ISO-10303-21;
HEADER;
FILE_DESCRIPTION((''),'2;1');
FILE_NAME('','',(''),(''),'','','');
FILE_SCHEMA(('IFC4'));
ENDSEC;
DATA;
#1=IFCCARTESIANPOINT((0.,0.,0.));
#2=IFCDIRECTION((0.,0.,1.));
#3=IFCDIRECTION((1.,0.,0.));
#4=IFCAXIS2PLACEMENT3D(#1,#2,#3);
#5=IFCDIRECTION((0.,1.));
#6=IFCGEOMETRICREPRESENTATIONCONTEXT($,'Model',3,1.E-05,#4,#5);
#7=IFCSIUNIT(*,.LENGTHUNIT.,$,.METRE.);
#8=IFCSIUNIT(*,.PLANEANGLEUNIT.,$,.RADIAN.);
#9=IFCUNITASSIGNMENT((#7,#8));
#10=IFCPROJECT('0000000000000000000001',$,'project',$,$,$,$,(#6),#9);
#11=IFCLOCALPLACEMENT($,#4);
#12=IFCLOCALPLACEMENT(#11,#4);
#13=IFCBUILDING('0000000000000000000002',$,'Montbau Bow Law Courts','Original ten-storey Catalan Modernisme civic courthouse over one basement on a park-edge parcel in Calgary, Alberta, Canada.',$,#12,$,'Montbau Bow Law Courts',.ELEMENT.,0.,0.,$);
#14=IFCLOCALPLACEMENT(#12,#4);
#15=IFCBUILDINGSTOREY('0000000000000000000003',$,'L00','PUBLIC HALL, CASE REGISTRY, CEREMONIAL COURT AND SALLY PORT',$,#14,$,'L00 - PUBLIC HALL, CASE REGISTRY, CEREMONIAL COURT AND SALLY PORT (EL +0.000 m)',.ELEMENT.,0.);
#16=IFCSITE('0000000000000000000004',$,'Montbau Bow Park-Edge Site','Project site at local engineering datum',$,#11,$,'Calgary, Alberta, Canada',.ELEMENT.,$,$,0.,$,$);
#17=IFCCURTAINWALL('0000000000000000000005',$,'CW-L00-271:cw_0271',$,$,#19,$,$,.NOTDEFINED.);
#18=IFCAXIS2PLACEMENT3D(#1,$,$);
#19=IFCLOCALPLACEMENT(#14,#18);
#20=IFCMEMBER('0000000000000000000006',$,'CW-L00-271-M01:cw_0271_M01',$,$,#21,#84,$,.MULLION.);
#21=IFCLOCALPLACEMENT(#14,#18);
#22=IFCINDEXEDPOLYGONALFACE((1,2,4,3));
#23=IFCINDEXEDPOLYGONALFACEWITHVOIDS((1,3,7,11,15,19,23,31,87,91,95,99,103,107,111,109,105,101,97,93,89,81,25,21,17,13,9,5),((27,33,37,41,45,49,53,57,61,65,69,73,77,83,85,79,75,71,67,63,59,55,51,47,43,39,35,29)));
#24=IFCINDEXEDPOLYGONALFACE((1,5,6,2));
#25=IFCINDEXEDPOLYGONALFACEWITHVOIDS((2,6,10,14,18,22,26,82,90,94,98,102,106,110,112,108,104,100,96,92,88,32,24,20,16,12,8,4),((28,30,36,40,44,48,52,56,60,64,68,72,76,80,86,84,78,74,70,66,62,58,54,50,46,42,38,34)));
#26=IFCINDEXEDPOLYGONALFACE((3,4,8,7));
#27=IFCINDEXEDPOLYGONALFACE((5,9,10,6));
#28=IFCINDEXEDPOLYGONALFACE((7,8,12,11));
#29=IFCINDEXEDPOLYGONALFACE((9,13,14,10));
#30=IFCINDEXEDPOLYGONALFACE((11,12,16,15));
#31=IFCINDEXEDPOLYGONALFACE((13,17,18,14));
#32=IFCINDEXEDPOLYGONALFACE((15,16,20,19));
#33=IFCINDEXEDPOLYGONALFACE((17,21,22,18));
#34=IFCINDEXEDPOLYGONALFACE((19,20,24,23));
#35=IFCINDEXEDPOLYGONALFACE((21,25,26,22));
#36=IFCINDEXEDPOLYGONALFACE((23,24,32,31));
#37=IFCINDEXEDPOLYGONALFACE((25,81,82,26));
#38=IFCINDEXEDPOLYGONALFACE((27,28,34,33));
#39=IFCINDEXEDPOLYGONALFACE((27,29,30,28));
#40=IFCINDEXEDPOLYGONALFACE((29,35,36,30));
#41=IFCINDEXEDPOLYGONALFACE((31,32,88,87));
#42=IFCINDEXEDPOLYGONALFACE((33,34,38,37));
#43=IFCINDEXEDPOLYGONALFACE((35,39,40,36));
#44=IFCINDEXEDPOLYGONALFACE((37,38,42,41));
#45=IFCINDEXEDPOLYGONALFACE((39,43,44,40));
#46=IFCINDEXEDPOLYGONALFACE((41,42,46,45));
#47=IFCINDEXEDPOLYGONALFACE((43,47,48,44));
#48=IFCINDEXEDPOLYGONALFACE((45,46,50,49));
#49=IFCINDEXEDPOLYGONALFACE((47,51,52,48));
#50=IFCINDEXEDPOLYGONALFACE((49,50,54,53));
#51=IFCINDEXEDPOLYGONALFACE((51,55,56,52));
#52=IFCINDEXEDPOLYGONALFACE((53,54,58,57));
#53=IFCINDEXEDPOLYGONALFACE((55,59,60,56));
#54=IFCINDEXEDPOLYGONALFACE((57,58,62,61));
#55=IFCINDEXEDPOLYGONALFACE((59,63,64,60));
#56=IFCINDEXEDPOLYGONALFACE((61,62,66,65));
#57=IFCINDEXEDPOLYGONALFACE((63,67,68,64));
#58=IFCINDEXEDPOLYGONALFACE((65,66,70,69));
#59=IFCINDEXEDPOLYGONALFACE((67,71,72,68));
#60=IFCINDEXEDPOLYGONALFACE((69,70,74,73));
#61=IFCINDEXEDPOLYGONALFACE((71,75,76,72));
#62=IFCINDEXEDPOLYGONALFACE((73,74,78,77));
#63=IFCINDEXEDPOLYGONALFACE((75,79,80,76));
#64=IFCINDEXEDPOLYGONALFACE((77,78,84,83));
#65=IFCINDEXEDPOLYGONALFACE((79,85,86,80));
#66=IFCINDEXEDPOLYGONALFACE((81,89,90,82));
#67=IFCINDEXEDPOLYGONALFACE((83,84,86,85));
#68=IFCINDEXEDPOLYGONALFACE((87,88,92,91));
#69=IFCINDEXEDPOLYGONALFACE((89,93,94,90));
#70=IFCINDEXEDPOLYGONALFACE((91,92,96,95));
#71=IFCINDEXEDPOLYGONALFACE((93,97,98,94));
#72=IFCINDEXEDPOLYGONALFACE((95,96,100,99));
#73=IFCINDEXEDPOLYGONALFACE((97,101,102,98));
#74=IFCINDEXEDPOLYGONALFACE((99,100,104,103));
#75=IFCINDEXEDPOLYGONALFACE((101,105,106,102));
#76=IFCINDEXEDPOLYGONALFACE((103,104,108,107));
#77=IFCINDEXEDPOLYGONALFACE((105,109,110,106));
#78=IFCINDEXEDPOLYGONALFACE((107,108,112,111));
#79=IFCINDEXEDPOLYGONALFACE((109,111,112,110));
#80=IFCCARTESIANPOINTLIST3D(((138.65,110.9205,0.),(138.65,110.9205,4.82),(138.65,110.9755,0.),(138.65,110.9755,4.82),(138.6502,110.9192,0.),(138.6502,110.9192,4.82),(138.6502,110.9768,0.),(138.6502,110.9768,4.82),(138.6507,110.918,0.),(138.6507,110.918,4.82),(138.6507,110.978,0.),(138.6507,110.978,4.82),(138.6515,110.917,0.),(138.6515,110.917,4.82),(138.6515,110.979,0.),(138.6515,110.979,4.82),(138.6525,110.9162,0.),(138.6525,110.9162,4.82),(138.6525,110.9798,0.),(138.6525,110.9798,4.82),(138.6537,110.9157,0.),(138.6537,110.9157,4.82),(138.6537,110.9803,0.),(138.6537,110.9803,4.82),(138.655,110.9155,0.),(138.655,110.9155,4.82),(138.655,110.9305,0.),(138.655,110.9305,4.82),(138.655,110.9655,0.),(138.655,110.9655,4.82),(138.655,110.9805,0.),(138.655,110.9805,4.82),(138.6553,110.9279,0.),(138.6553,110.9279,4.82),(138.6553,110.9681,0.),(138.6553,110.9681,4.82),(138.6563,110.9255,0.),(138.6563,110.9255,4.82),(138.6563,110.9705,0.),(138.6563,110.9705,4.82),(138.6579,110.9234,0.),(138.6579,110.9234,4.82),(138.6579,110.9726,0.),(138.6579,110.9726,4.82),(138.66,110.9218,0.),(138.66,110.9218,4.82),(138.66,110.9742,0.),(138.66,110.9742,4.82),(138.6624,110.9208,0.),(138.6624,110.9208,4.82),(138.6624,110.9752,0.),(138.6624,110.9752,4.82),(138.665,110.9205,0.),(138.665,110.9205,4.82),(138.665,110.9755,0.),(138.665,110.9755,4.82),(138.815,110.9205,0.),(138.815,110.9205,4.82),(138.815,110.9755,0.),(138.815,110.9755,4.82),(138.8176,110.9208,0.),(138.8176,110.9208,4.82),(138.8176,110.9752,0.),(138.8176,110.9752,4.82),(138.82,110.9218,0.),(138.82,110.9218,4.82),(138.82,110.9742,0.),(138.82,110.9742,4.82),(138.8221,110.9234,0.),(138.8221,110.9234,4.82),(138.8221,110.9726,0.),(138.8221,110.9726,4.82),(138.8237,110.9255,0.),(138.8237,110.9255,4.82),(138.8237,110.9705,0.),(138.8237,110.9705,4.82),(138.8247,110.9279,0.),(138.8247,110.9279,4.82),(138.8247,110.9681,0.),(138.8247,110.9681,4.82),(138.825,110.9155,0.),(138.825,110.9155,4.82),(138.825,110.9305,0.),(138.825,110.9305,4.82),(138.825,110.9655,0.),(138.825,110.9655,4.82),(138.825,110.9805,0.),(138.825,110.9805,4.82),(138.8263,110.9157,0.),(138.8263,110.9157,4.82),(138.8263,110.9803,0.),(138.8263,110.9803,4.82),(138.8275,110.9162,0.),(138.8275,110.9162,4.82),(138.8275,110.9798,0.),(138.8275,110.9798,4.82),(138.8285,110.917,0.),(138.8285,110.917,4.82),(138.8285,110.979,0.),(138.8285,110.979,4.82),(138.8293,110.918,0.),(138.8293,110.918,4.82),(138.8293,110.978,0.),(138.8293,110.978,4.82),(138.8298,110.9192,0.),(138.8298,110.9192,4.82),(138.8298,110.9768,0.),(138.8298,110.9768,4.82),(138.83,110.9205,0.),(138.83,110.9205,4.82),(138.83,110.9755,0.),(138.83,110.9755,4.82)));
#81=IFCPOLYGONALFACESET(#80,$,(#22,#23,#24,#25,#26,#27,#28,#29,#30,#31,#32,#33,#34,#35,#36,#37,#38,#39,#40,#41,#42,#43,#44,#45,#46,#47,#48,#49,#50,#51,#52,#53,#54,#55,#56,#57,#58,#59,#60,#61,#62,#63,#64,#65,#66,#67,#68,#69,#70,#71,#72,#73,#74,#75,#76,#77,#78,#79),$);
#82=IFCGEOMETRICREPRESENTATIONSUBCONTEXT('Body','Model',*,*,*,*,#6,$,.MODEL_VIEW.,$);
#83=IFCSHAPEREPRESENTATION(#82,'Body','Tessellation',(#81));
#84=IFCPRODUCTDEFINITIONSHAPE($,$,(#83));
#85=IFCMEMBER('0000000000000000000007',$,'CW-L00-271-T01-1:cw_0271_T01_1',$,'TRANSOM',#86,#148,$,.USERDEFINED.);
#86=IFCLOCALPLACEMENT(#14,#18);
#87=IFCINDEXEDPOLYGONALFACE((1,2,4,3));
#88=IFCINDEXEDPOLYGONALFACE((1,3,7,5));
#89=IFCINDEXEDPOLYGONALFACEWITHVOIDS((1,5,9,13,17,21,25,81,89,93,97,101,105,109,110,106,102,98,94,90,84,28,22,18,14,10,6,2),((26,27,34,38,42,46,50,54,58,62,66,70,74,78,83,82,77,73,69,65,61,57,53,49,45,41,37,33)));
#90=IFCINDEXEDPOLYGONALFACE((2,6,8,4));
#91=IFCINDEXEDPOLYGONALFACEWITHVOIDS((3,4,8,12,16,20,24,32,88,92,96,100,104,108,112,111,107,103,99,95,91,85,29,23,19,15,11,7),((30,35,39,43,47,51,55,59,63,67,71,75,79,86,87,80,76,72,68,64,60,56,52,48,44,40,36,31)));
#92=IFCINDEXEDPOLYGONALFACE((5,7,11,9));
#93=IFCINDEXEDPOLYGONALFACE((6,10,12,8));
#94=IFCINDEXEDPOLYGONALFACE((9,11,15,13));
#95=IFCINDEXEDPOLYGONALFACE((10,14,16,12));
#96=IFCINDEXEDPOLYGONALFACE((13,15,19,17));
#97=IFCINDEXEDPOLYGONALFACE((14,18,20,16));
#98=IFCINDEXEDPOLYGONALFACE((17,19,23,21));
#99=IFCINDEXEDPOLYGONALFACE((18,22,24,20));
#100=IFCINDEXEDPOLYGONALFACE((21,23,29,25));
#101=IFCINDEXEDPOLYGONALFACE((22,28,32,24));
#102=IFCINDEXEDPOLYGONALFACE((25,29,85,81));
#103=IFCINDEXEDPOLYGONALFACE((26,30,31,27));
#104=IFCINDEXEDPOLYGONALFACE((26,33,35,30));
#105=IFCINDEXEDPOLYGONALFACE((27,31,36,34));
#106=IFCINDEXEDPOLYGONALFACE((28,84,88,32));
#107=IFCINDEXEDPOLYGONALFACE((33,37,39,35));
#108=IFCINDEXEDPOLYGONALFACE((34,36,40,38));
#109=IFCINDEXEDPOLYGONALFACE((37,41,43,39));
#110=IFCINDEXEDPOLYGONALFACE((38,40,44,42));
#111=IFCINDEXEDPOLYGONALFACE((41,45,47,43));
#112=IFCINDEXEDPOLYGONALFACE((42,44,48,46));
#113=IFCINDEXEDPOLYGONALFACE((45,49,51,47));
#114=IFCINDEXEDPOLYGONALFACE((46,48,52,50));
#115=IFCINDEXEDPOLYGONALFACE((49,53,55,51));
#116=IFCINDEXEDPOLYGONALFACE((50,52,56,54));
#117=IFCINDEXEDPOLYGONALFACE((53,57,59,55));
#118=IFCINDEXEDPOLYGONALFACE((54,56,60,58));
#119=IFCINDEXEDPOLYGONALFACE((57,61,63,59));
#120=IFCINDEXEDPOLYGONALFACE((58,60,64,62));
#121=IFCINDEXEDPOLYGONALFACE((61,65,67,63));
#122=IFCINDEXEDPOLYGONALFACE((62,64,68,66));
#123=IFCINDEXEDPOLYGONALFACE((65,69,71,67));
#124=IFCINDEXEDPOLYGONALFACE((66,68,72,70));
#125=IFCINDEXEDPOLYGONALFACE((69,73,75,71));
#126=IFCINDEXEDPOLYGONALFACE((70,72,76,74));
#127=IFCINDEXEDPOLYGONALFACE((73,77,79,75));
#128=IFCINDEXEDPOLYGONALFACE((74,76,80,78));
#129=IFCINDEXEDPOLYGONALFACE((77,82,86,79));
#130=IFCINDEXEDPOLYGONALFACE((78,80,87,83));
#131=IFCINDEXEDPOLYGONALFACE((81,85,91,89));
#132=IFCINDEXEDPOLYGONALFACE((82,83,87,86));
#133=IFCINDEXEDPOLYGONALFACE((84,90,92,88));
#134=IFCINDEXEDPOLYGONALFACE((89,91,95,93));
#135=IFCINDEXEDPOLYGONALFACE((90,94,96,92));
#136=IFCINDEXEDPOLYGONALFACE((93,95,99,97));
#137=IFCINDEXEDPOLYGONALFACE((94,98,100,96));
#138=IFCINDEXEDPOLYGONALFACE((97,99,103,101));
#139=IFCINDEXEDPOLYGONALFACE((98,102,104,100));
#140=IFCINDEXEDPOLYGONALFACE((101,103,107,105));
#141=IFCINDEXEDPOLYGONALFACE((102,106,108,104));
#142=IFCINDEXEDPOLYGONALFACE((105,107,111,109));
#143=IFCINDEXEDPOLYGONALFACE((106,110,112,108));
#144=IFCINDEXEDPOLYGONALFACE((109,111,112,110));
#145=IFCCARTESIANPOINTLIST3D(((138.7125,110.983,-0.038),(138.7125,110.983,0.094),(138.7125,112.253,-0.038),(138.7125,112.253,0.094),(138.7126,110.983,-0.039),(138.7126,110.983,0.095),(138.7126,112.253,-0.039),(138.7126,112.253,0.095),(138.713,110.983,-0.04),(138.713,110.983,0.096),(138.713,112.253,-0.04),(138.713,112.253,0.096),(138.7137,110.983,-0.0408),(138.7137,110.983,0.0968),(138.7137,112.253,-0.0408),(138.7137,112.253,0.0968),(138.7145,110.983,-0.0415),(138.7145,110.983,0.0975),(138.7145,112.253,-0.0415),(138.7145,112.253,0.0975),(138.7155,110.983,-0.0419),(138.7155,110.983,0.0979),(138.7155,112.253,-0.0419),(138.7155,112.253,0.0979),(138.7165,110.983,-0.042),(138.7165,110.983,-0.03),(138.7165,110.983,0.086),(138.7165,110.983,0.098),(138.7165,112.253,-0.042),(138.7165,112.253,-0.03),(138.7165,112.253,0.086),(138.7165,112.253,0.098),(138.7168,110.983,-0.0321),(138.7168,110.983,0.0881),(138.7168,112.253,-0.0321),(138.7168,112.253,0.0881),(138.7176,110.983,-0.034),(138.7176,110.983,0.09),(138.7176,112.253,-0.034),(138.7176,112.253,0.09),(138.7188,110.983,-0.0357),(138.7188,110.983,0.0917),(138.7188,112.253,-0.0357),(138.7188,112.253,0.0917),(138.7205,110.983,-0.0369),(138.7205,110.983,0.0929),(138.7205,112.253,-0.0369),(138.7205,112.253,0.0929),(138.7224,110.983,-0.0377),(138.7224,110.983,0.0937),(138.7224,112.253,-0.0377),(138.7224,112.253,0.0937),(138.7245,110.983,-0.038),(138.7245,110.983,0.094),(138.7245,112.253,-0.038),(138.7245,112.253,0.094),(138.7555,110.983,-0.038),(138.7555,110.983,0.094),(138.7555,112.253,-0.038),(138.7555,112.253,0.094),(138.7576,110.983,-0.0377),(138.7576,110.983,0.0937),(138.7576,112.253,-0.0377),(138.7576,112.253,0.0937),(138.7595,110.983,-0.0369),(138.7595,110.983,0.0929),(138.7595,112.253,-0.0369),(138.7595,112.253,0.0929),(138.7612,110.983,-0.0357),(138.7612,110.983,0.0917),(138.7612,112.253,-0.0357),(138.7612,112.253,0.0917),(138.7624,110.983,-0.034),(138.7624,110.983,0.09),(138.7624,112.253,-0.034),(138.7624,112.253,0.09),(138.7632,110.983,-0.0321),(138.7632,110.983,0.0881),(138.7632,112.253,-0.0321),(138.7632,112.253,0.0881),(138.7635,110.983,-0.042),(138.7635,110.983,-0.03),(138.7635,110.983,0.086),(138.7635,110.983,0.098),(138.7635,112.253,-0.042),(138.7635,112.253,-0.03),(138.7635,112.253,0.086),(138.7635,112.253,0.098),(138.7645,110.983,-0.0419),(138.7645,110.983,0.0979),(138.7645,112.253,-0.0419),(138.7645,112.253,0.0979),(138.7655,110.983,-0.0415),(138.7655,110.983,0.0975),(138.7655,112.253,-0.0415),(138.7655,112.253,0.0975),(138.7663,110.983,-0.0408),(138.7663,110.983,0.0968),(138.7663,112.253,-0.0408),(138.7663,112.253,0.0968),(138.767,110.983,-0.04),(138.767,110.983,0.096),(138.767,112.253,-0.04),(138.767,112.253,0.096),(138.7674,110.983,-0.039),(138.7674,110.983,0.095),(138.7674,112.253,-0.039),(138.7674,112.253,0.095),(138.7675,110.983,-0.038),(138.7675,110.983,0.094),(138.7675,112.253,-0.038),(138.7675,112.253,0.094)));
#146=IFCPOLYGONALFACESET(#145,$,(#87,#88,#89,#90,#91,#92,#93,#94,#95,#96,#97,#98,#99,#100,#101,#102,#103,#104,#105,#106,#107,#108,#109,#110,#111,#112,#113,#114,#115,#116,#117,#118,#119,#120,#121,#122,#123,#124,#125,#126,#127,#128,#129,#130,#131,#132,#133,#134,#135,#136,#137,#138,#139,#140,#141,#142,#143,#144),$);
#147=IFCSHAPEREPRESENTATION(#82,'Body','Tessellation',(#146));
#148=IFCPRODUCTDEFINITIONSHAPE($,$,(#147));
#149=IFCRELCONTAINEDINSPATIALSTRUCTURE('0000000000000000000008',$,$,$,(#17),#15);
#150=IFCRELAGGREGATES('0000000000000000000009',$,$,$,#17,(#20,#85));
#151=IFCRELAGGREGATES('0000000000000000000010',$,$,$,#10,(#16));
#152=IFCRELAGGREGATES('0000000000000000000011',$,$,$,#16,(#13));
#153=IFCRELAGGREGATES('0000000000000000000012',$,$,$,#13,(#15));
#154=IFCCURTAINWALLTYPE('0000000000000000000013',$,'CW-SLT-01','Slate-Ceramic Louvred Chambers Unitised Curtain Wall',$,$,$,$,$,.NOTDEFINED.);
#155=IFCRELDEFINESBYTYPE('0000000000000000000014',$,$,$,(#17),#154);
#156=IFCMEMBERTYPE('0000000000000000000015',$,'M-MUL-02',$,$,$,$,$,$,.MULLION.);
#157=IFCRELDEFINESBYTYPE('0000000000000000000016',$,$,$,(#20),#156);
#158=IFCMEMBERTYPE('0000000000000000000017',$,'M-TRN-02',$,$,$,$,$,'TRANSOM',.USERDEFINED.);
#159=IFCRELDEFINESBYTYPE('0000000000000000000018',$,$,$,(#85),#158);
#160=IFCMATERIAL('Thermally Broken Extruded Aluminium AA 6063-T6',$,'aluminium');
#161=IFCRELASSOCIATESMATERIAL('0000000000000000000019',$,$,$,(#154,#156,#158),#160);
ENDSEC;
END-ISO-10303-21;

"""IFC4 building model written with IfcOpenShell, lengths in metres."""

from ifc_helpers import new_model, si_unit, direction, frame, origin_with_axes, origin_2d_with_axis, place, context, subcontext, project, spatial, hollow_rectangle, extrude, material, material_profile, profile_set, type_object, element, aggregate, save


model = new_model("IFC4")

# Units and contexts
model_context = context("Model", 3, precision=1e-05, world=origin_with_axes(), true_north=direction((0.0, 1.0)))
body_context = subcontext(model_context, "Body", "Model", "MODEL_VIEW")
ifc_project = project(units=[si_unit("LENGTHUNIT", "METRE"), si_unit("PLANEANGLEUNIT", "RADIAN")], contexts=[model_context])

# Site, building, storey
site_placement = place(None, origin_with_axes())
site = spatial("IfcSite", under=ifc_project, at=site_placement, Name="Montbau Bow Park-Edge Site", Description="Project site at local engineering datum", LongName="Calgary, Alberta, Canada", CompositionType="ELEMENT", RefElevation=0.0)
building_placement = place(site_placement, origin_with_axes())
building = spatial("IfcBuilding", under=site, at=building_placement, Name="Montbau Bow Law Courts", Description="Original ten-storey Catalan Modernisme civic courthouse over one basement on a park-edge parcel in Calgary, Alberta, Canada.", LongName="Montbau Bow Law Courts", CompositionType="ELEMENT", ElevationOfRefHeight=0.0, ElevationOfTerrain=0.0)
storey_placement = place(building_placement, origin_with_axes())
storey = spatial("IfcBuildingStorey", under=building, at=storey_placement, Name="L00", Description="PUBLIC HALL, CASE REGISTRY, CEREMONIAL COURT AND SALLY PORT", LongName="L00 - PUBLIC HALL, CASE REGISTRY, CEREMONIAL COURT AND SALLY PORT (EL +0.000 m)", CompositionType="ELEMENT", Elevation=0.0)

# Curtain wall, members
ifc_material_1 = material(Name="Thermally Broken Extruded Aluminium AA 6063-T6", Category="aluminium")
curtain_wall_type = type_object("IfcCurtainWallType", Name="CW-SLT-01", Description="Slate-Ceramic Louvred Chambers Unitised Curtain Wall", PredefinedType="NOTDEFINED", material=ifc_material_1)
curtain_wall_placement = place(None, frame((138.74, 110.915, 0.0), z_axis=(0.0, 0.0, 1.0), x_axis=(1.0, 0.0, 0.0)))
curtain_wall = element("IfcCurtainWall", 1, at=curtain_wall_placement, inside=storey, type_object=curtain_wall_type, Name="CW-L00-271:cw_0271", PredefinedType="NOTDEFINED")
ifc_material_profile_1 = material_profile(ifc_material_1, hollow_rectangle(XDim=0.065, YDim=0.18, WallThickness=0.005, InnerFilletRadius=0.01, OuterFilletRadius=0.005, at=origin_2d_with_axis()), Name="CWM-180X65", Category="Main", Priority=0)
ifc_profile_set_1 = profile_set([ifc_material_profile_1], Name="Thermally Broken Extruded Aluminium AA 6063-T6")
member_type_1 = type_object("IfcMemberType", Name="M-MUL-02", PredefinedType="MULLION", material=ifc_profile_set_1)
member_1_placement = place(None, frame((138.74, 110.948, 0.0), z_axis=(0.0, 0.0, 1.0), x_axis=(0.0, 1.0, 0.0)))
member_1 = element("IfcMember", 2, at=member_1_placement, type_object=member_type_1, Name="CW-L00-271-M01:cw_0271_M01", PredefinedType="MULLION", context=body_context, shape_type="SweptSolid", body=[
    extrude(hollow_rectangle(XDim=0.065, YDim=0.18, WallThickness=0.005, InnerFilletRadius=0.01, OuterFilletRadius=0.005, at=origin_2d_with_axis()), origin_with_axes(), (0.0, 0.0, 1.0), 4.82),
])
ifc_material_profile_2 = material_profile(ifc_material_1, hollow_rectangle(XDim=0.055, YDim=0.14, WallThickness=0.004, InnerFilletRadius=0.008, OuterFilletRadius=0.004, at=origin_2d_with_axis()), Name="CWT-140X55", Category="Main", Priority=0)
ifc_profile_set_2 = profile_set([ifc_material_profile_2], Name="Thermally Broken Extruded Aluminium AA 6063-T6")
member_type_2 = type_object("IfcMemberType", Name="M-TRN-02", ElementType="TRANSOM", PredefinedType="USERDEFINED", material=ifc_profile_set_2)
member_2_placement = place(None, frame((138.74, 110.983, 0.028), z_axis=(0.0, 1.0, 0.0), x_axis=(-1.0, 0.0, 0.0)))
member_2 = element("IfcMember", 3, at=member_2_placement, type_object=member_type_2, Name="CW-L00-271-T01-1:cw_0271_T01_1", ObjectType="TRANSOM", PredefinedType="USERDEFINED", context=body_context, shape_type="SweptSolid", body=[
    extrude(hollow_rectangle(XDim=0.055, YDim=0.14, WallThickness=0.004, InnerFilletRadius=0.008, OuterFilletRadius=0.004, at=origin_2d_with_axis()), origin_with_axes(), (0.0, 0.0, 1.0), 1.27),
])
aggregate(curtain_wall, [member_1, member_2])

save(model, "model.ifc")
